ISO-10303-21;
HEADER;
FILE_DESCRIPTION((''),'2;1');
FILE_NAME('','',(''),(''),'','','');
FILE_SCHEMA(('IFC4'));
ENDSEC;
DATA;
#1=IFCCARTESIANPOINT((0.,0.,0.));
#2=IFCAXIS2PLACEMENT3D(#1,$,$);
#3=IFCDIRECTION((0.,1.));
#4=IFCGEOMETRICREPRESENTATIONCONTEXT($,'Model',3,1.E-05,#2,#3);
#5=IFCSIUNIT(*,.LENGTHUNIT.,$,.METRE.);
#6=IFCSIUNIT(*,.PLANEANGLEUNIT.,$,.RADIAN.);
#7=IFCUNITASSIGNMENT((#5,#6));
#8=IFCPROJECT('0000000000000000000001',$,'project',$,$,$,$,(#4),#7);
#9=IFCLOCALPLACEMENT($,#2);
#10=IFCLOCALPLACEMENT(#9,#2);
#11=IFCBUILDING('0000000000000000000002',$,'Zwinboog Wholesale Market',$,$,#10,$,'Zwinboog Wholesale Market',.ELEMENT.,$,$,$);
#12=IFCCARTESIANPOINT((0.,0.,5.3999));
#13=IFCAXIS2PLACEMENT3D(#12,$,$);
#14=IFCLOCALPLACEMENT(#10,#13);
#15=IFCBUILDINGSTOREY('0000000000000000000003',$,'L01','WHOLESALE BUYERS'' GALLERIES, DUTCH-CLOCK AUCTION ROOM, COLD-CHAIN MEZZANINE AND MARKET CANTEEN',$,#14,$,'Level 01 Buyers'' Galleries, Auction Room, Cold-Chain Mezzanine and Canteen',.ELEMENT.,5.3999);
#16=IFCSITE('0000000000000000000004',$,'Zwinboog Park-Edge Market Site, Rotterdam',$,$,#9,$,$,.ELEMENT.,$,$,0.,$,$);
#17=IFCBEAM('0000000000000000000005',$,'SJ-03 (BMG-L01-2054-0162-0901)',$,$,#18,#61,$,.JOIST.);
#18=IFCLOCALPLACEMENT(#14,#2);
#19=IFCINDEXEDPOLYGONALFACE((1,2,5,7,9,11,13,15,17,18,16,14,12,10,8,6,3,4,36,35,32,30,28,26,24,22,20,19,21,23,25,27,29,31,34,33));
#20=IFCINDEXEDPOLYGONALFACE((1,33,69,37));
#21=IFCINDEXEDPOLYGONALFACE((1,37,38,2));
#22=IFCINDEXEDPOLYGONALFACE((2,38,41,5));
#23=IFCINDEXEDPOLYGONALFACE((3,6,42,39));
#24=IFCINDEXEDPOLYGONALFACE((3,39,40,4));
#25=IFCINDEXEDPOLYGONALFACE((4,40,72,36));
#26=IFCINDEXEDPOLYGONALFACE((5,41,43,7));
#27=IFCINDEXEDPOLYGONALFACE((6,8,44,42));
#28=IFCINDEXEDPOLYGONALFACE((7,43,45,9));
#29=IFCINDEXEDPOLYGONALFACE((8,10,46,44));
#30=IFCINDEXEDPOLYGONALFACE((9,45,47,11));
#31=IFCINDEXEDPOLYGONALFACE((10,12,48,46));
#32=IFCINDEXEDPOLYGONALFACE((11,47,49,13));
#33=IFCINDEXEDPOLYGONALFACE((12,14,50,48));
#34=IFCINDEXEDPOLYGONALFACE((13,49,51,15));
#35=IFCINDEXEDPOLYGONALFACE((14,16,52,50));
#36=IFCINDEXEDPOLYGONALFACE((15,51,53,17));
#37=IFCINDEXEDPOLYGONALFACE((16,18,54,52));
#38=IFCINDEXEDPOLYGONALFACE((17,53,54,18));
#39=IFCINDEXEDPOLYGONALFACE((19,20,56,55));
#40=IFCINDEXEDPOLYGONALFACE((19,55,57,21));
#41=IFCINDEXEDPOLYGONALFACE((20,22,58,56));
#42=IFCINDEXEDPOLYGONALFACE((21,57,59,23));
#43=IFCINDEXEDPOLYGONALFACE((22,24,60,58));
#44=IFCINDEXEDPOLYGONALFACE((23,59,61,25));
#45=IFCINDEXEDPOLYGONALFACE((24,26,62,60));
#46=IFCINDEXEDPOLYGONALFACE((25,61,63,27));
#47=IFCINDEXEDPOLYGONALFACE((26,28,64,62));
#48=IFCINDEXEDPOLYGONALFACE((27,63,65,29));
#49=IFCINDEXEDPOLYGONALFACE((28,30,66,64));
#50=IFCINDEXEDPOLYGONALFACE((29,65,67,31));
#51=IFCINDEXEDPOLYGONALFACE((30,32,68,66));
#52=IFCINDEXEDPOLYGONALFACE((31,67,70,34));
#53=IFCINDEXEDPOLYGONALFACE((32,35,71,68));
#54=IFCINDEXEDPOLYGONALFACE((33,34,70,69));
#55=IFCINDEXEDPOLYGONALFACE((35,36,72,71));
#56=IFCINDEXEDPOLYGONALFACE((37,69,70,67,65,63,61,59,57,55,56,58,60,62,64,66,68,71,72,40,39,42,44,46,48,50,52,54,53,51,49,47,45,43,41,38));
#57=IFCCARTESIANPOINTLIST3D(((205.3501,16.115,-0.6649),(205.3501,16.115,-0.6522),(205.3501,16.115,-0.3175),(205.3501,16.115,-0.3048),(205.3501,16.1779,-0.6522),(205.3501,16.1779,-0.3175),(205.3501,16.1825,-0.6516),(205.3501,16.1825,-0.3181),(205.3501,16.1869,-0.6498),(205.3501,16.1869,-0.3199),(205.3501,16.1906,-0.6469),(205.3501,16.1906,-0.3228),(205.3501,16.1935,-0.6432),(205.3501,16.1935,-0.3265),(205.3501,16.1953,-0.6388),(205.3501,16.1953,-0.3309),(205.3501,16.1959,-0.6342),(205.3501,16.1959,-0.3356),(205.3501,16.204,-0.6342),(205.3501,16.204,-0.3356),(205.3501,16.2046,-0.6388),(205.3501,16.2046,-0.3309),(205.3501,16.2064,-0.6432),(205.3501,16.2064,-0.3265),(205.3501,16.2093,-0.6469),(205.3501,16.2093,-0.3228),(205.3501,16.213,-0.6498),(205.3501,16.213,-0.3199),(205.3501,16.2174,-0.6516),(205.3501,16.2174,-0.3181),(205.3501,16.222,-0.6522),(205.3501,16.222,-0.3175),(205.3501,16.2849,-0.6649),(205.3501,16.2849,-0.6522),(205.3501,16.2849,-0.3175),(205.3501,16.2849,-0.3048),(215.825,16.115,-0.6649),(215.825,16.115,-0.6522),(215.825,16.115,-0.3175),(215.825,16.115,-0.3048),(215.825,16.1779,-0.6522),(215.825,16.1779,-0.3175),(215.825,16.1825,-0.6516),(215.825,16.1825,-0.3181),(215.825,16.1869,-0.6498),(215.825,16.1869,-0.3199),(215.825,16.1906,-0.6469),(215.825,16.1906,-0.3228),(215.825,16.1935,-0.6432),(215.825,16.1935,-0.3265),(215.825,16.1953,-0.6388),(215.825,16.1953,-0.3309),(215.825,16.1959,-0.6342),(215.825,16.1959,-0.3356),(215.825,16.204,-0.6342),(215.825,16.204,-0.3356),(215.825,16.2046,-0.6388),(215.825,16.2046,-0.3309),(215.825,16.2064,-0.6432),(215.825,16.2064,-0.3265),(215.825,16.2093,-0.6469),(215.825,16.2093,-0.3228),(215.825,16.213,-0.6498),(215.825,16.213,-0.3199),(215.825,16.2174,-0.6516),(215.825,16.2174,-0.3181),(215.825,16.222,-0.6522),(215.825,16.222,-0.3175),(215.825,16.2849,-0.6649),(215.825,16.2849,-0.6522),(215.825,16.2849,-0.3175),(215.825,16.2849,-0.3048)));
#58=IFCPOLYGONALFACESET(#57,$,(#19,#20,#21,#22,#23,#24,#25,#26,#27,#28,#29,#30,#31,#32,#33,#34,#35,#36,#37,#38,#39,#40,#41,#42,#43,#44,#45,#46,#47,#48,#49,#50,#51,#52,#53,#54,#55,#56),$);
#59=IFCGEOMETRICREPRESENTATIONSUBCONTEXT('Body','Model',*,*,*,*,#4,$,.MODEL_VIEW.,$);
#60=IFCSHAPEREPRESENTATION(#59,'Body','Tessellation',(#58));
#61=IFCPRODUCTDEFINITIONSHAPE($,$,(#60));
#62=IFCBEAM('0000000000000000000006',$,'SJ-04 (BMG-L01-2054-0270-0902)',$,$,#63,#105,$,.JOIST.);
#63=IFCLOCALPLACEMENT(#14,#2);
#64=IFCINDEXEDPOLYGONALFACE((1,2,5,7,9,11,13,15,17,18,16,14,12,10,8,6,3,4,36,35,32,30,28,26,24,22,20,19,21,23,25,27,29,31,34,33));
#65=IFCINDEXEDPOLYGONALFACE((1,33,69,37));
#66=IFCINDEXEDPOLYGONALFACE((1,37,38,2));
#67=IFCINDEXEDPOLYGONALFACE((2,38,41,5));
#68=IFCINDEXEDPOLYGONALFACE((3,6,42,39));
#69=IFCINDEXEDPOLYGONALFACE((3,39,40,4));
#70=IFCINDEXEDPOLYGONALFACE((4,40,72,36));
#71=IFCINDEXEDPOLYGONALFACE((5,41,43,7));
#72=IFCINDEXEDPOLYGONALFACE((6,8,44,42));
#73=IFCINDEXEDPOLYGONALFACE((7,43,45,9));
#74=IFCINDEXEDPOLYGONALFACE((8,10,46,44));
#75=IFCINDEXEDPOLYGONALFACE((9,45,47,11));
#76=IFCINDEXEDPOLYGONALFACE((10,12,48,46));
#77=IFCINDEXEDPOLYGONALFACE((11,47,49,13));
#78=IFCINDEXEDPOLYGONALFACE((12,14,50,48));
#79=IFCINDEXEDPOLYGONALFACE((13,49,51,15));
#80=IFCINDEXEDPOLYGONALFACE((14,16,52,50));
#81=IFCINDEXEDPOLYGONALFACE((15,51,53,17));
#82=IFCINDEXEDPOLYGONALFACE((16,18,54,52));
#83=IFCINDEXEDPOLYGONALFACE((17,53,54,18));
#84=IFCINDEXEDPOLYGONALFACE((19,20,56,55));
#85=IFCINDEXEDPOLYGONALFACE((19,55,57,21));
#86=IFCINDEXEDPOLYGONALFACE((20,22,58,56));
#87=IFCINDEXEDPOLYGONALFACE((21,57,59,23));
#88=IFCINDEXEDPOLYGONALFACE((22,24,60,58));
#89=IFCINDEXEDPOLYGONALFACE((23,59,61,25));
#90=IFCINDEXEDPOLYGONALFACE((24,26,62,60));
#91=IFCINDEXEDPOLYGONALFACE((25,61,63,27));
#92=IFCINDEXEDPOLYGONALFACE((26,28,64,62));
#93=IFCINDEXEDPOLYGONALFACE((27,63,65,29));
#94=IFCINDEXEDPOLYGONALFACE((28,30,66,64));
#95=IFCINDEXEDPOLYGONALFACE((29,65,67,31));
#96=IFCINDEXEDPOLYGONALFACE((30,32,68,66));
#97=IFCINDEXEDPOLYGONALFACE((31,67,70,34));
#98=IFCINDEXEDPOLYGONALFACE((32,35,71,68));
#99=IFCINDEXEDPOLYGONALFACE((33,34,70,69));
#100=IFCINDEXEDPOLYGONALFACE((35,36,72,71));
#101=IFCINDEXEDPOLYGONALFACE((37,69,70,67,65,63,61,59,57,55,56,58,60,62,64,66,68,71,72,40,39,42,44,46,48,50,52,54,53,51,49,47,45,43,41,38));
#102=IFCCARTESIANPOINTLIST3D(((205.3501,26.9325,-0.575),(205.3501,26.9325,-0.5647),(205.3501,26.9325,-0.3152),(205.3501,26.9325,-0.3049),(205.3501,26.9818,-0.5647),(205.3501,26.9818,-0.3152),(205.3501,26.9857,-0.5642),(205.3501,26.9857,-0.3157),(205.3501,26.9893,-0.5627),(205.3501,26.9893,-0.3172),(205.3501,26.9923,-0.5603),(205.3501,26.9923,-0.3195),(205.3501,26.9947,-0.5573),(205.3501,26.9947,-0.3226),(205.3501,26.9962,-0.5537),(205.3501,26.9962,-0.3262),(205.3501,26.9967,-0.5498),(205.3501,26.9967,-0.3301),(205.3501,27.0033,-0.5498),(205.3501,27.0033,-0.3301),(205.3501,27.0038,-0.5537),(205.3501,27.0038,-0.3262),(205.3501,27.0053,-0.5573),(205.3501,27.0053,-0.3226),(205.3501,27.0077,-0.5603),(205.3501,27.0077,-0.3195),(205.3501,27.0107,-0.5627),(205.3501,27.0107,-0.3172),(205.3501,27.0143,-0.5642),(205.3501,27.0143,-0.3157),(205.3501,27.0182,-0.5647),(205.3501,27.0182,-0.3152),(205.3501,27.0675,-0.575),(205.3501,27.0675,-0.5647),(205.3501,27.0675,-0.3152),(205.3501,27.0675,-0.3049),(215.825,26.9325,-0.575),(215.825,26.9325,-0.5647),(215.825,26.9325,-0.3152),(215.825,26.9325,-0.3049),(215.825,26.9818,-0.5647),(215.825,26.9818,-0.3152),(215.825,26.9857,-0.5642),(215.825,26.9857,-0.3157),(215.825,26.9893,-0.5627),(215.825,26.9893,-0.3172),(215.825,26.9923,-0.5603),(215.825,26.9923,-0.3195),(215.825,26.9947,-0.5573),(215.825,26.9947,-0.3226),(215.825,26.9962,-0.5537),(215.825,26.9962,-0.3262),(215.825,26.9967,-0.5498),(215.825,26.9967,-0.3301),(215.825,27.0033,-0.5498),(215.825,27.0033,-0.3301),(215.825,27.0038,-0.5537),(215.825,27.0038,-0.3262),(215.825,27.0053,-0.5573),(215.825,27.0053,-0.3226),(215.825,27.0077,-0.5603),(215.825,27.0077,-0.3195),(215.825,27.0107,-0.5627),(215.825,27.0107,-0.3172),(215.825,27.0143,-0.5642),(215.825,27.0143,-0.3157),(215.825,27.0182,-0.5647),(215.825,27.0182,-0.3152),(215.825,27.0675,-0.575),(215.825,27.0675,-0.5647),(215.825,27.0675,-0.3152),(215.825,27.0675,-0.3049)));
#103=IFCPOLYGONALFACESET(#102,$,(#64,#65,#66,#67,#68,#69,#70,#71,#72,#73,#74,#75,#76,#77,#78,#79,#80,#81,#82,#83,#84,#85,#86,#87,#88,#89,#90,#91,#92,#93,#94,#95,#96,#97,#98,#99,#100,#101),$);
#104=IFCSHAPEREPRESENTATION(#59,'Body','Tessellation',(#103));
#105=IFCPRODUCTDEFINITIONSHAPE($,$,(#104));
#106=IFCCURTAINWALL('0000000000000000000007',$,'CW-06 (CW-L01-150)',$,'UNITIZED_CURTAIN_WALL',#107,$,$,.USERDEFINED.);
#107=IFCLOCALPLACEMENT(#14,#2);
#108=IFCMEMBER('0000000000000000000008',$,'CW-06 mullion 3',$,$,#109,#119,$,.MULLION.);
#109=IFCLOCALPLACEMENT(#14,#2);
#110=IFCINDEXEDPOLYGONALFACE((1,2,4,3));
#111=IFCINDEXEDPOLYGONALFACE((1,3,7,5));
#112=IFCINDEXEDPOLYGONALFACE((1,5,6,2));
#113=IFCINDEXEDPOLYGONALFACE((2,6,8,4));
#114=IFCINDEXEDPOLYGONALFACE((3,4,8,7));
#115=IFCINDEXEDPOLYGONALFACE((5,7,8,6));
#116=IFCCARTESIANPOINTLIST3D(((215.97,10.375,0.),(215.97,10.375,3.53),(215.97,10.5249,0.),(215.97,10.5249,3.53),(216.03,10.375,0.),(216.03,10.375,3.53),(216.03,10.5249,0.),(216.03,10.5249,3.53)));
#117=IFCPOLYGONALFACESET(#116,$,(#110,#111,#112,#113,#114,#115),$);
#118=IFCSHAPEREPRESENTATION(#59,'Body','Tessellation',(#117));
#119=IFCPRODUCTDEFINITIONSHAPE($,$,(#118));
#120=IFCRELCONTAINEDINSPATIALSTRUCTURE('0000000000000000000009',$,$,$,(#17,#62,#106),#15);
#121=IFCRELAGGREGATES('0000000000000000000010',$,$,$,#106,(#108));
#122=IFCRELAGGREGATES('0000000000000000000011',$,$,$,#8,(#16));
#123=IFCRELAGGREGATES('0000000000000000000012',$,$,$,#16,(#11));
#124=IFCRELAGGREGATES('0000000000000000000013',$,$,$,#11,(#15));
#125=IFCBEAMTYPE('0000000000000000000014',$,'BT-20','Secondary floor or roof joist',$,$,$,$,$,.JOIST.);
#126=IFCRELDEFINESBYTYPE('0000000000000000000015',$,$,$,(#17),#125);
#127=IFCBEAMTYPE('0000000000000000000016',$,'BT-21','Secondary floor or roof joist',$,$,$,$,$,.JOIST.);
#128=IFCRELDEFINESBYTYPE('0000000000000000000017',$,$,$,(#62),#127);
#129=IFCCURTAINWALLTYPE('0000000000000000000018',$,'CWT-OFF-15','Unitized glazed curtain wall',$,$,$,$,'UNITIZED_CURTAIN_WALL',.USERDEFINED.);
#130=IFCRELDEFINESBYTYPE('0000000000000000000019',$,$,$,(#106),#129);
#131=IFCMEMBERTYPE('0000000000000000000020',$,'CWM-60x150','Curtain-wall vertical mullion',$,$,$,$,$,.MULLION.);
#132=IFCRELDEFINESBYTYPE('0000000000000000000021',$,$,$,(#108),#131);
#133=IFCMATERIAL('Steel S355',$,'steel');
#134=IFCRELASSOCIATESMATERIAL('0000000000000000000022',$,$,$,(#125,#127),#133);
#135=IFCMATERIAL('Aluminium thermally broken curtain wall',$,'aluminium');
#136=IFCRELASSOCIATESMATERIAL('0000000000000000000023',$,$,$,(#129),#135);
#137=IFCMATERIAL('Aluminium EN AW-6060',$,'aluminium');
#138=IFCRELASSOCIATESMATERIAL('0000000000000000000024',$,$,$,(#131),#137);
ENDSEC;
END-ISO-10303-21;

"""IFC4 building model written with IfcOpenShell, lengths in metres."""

from ifc_helpers import new_model, si_unit, direction, frame, origin, origin_2d, place, context, subcontext, project, spatial, rectangle, i_section, extrude, material, material_profile, profile_set, type_object, element, aggregate, save


model = new_model("IFC4")

# Units and contexts
model_context = context("Model", 3, precision=1e-05, world=origin(), true_north=direction((0.0, 1.0)))
body_context = subcontext(model_context, "Body", "Model", "MODEL_VIEW")
ifc_project = project(units=[si_unit("LENGTHUNIT", "METRE"), si_unit("PLANEANGLEUNIT", "RADIAN")], contexts=[model_context])

# Site, building, storey
site_placement = place(None, origin())
site = spatial("IfcSite", under=ifc_project, at=site_placement, Name="Zwinboog Park-Edge Market Site, Rotterdam", CompositionType="ELEMENT", RefElevation=0.0)
building_placement = place(site_placement, origin())
building = spatial("IfcBuilding", under=site, at=building_placement, Name="Zwinboog Wholesale Market", LongName="Zwinboog Wholesale Market", CompositionType="ELEMENT")
storey_placement = place(building_placement, frame((0.0, 0.0, 5.3999)))
storey = spatial("IfcBuildingStorey", under=building, at=storey_placement, Name="L01", Description="WHOLESALE BUYERS' GALLERIES, DUTCH-CLOCK AUCTION ROOM, COLD-CHAIN MEZZANINE AND MARKET CANTEEN", LongName="Level 01 Buyers' Galleries, Auction Room, Cold-Chain Mezzanine and Canteen", CompositionType="ELEMENT", Elevation=5.3999)

# Beams
ifc_material_1 = material(Name="Steel S355", Category="steel")
ifc_material_profile_1 = material_profile(ifc_material_1, i_section(OverallWidth=0.1699, OverallDepth=0.3601, WebThickness=0.0081, FlangeThickness=0.0127, FilletRadius=0.0181, at=origin_2d()), Name="IPE 360")
ifc_profile_set_1 = profile_set([ifc_material_profile_1], Name="Steel S355")
beam_type_1 = type_object("IfcBeamType", Name="BT-20", Description="Secondary floor or roof joist", PredefinedType="JOIST", material=ifc_profile_set_1)
beam_1_placement = place(storey_placement, frame((205.3501, 16.2, -0.4849), z_axis=(1.0, 0.0, 0.0), x_axis=(0.0, 1.0, 0.0)))
element("IfcBeam", 1, at=beam_1_placement, inside=storey, type_object=beam_type_1, Name="SJ-03 (BMG-L01-2054-0162-0901)", PredefinedType="JOIST", context=body_context, shape_type="SweptSolid", body=[
    extrude(i_section(OverallWidth=0.1699, OverallDepth=0.3601, WebThickness=0.0081, FlangeThickness=0.0127, FilletRadius=0.0181, at=origin_2d()), origin(), (0.0, 0.0, 1.0), 10.4749),
])
ifc_material_profile_2 = material_profile(ifc_material_1, i_section(OverallWidth=0.135, OverallDepth=0.27, WebThickness=0.0066, FlangeThickness=0.0103, FilletRadius=0.0149, at=origin_2d()), Name="IPE 270")
ifc_profile_set_2 = profile_set([ifc_material_profile_2], Name="Steel S355")
beam_type_2 = type_object("IfcBeamType", Name="BT-21", Description="Secondary floor or roof joist", PredefinedType="JOIST", material=ifc_profile_set_2)
beam_2_placement = place(storey_placement, frame((205.3501, 27.0, -0.4399), z_axis=(1.0, 0.0, 0.0), x_axis=(0.0, 1.0, 0.0)))
element("IfcBeam", 2, at=beam_2_placement, inside=storey, type_object=beam_type_2, Name="SJ-04 (BMG-L01-2054-0270-0902)", PredefinedType="JOIST", context=body_context, shape_type="SweptSolid", body=[
    extrude(i_section(OverallWidth=0.135, OverallDepth=0.27, WebThickness=0.0066, FlangeThickness=0.0103, FilletRadius=0.0149, at=origin_2d()), origin(), (0.0, 0.0, 1.0), 10.4749),
])

# Curtain wall, member
ifc_material_2 = material(Name="Aluminium thermally broken curtain wall", Category="aluminium")
curtain_wall_type = type_object("IfcCurtainWallType", Name="CWT-OFF-15", Description="Unitized glazed curtain wall", ElementType="UNITIZED_CURTAIN_WALL", PredefinedType="USERDEFINED", material=ifc_material_2)
curtain_wall_placement = place(storey_placement, origin())
curtain_wall = element("IfcCurtainWall", 3, at=curtain_wall_placement, inside=storey, type_object=curtain_wall_type, Name="CW-06 (CW-L01-150)", ObjectType="UNITIZED_CURTAIN_WALL", PredefinedType="USERDEFINED")
ifc_material_3 = material(Name="Aluminium EN AW-6060", Category="aluminium")
ifc_material_profile_3 = material_profile(ifc_material_3, rectangle(XDim=0.0601, YDim=0.1499, at=origin_2d()), Name="AL 60x150")
ifc_profile_set_3 = profile_set([ifc_material_profile_3], Name="Aluminium EN AW-6060")
member_type = type_object("IfcMemberType", Name="CWM-60x150", Description="Curtain-wall vertical mullion", PredefinedType="MULLION", material=ifc_profile_set_3)
member_placement = place(storey_placement, frame((216.0, 10.45, 0.0), z_axis=(0.0, 0.0, 1.0), x_axis=(-1.0, 0.0, 0.0)))
member = element("IfcMember", 4, at=member_placement, type_object=member_type, Name="CW-06 mullion 3", PredefinedType="MULLION", context=body_context, shape_type="SweptSolid", body=[
    extrude(rectangle(XDim=0.0601, YDim=0.1499, at=origin_2d()), origin(), (0.0, 0.0, 1.0), 3.53),
])
aggregate(curtain_wall, [member])

save(model, "model.ifc")
